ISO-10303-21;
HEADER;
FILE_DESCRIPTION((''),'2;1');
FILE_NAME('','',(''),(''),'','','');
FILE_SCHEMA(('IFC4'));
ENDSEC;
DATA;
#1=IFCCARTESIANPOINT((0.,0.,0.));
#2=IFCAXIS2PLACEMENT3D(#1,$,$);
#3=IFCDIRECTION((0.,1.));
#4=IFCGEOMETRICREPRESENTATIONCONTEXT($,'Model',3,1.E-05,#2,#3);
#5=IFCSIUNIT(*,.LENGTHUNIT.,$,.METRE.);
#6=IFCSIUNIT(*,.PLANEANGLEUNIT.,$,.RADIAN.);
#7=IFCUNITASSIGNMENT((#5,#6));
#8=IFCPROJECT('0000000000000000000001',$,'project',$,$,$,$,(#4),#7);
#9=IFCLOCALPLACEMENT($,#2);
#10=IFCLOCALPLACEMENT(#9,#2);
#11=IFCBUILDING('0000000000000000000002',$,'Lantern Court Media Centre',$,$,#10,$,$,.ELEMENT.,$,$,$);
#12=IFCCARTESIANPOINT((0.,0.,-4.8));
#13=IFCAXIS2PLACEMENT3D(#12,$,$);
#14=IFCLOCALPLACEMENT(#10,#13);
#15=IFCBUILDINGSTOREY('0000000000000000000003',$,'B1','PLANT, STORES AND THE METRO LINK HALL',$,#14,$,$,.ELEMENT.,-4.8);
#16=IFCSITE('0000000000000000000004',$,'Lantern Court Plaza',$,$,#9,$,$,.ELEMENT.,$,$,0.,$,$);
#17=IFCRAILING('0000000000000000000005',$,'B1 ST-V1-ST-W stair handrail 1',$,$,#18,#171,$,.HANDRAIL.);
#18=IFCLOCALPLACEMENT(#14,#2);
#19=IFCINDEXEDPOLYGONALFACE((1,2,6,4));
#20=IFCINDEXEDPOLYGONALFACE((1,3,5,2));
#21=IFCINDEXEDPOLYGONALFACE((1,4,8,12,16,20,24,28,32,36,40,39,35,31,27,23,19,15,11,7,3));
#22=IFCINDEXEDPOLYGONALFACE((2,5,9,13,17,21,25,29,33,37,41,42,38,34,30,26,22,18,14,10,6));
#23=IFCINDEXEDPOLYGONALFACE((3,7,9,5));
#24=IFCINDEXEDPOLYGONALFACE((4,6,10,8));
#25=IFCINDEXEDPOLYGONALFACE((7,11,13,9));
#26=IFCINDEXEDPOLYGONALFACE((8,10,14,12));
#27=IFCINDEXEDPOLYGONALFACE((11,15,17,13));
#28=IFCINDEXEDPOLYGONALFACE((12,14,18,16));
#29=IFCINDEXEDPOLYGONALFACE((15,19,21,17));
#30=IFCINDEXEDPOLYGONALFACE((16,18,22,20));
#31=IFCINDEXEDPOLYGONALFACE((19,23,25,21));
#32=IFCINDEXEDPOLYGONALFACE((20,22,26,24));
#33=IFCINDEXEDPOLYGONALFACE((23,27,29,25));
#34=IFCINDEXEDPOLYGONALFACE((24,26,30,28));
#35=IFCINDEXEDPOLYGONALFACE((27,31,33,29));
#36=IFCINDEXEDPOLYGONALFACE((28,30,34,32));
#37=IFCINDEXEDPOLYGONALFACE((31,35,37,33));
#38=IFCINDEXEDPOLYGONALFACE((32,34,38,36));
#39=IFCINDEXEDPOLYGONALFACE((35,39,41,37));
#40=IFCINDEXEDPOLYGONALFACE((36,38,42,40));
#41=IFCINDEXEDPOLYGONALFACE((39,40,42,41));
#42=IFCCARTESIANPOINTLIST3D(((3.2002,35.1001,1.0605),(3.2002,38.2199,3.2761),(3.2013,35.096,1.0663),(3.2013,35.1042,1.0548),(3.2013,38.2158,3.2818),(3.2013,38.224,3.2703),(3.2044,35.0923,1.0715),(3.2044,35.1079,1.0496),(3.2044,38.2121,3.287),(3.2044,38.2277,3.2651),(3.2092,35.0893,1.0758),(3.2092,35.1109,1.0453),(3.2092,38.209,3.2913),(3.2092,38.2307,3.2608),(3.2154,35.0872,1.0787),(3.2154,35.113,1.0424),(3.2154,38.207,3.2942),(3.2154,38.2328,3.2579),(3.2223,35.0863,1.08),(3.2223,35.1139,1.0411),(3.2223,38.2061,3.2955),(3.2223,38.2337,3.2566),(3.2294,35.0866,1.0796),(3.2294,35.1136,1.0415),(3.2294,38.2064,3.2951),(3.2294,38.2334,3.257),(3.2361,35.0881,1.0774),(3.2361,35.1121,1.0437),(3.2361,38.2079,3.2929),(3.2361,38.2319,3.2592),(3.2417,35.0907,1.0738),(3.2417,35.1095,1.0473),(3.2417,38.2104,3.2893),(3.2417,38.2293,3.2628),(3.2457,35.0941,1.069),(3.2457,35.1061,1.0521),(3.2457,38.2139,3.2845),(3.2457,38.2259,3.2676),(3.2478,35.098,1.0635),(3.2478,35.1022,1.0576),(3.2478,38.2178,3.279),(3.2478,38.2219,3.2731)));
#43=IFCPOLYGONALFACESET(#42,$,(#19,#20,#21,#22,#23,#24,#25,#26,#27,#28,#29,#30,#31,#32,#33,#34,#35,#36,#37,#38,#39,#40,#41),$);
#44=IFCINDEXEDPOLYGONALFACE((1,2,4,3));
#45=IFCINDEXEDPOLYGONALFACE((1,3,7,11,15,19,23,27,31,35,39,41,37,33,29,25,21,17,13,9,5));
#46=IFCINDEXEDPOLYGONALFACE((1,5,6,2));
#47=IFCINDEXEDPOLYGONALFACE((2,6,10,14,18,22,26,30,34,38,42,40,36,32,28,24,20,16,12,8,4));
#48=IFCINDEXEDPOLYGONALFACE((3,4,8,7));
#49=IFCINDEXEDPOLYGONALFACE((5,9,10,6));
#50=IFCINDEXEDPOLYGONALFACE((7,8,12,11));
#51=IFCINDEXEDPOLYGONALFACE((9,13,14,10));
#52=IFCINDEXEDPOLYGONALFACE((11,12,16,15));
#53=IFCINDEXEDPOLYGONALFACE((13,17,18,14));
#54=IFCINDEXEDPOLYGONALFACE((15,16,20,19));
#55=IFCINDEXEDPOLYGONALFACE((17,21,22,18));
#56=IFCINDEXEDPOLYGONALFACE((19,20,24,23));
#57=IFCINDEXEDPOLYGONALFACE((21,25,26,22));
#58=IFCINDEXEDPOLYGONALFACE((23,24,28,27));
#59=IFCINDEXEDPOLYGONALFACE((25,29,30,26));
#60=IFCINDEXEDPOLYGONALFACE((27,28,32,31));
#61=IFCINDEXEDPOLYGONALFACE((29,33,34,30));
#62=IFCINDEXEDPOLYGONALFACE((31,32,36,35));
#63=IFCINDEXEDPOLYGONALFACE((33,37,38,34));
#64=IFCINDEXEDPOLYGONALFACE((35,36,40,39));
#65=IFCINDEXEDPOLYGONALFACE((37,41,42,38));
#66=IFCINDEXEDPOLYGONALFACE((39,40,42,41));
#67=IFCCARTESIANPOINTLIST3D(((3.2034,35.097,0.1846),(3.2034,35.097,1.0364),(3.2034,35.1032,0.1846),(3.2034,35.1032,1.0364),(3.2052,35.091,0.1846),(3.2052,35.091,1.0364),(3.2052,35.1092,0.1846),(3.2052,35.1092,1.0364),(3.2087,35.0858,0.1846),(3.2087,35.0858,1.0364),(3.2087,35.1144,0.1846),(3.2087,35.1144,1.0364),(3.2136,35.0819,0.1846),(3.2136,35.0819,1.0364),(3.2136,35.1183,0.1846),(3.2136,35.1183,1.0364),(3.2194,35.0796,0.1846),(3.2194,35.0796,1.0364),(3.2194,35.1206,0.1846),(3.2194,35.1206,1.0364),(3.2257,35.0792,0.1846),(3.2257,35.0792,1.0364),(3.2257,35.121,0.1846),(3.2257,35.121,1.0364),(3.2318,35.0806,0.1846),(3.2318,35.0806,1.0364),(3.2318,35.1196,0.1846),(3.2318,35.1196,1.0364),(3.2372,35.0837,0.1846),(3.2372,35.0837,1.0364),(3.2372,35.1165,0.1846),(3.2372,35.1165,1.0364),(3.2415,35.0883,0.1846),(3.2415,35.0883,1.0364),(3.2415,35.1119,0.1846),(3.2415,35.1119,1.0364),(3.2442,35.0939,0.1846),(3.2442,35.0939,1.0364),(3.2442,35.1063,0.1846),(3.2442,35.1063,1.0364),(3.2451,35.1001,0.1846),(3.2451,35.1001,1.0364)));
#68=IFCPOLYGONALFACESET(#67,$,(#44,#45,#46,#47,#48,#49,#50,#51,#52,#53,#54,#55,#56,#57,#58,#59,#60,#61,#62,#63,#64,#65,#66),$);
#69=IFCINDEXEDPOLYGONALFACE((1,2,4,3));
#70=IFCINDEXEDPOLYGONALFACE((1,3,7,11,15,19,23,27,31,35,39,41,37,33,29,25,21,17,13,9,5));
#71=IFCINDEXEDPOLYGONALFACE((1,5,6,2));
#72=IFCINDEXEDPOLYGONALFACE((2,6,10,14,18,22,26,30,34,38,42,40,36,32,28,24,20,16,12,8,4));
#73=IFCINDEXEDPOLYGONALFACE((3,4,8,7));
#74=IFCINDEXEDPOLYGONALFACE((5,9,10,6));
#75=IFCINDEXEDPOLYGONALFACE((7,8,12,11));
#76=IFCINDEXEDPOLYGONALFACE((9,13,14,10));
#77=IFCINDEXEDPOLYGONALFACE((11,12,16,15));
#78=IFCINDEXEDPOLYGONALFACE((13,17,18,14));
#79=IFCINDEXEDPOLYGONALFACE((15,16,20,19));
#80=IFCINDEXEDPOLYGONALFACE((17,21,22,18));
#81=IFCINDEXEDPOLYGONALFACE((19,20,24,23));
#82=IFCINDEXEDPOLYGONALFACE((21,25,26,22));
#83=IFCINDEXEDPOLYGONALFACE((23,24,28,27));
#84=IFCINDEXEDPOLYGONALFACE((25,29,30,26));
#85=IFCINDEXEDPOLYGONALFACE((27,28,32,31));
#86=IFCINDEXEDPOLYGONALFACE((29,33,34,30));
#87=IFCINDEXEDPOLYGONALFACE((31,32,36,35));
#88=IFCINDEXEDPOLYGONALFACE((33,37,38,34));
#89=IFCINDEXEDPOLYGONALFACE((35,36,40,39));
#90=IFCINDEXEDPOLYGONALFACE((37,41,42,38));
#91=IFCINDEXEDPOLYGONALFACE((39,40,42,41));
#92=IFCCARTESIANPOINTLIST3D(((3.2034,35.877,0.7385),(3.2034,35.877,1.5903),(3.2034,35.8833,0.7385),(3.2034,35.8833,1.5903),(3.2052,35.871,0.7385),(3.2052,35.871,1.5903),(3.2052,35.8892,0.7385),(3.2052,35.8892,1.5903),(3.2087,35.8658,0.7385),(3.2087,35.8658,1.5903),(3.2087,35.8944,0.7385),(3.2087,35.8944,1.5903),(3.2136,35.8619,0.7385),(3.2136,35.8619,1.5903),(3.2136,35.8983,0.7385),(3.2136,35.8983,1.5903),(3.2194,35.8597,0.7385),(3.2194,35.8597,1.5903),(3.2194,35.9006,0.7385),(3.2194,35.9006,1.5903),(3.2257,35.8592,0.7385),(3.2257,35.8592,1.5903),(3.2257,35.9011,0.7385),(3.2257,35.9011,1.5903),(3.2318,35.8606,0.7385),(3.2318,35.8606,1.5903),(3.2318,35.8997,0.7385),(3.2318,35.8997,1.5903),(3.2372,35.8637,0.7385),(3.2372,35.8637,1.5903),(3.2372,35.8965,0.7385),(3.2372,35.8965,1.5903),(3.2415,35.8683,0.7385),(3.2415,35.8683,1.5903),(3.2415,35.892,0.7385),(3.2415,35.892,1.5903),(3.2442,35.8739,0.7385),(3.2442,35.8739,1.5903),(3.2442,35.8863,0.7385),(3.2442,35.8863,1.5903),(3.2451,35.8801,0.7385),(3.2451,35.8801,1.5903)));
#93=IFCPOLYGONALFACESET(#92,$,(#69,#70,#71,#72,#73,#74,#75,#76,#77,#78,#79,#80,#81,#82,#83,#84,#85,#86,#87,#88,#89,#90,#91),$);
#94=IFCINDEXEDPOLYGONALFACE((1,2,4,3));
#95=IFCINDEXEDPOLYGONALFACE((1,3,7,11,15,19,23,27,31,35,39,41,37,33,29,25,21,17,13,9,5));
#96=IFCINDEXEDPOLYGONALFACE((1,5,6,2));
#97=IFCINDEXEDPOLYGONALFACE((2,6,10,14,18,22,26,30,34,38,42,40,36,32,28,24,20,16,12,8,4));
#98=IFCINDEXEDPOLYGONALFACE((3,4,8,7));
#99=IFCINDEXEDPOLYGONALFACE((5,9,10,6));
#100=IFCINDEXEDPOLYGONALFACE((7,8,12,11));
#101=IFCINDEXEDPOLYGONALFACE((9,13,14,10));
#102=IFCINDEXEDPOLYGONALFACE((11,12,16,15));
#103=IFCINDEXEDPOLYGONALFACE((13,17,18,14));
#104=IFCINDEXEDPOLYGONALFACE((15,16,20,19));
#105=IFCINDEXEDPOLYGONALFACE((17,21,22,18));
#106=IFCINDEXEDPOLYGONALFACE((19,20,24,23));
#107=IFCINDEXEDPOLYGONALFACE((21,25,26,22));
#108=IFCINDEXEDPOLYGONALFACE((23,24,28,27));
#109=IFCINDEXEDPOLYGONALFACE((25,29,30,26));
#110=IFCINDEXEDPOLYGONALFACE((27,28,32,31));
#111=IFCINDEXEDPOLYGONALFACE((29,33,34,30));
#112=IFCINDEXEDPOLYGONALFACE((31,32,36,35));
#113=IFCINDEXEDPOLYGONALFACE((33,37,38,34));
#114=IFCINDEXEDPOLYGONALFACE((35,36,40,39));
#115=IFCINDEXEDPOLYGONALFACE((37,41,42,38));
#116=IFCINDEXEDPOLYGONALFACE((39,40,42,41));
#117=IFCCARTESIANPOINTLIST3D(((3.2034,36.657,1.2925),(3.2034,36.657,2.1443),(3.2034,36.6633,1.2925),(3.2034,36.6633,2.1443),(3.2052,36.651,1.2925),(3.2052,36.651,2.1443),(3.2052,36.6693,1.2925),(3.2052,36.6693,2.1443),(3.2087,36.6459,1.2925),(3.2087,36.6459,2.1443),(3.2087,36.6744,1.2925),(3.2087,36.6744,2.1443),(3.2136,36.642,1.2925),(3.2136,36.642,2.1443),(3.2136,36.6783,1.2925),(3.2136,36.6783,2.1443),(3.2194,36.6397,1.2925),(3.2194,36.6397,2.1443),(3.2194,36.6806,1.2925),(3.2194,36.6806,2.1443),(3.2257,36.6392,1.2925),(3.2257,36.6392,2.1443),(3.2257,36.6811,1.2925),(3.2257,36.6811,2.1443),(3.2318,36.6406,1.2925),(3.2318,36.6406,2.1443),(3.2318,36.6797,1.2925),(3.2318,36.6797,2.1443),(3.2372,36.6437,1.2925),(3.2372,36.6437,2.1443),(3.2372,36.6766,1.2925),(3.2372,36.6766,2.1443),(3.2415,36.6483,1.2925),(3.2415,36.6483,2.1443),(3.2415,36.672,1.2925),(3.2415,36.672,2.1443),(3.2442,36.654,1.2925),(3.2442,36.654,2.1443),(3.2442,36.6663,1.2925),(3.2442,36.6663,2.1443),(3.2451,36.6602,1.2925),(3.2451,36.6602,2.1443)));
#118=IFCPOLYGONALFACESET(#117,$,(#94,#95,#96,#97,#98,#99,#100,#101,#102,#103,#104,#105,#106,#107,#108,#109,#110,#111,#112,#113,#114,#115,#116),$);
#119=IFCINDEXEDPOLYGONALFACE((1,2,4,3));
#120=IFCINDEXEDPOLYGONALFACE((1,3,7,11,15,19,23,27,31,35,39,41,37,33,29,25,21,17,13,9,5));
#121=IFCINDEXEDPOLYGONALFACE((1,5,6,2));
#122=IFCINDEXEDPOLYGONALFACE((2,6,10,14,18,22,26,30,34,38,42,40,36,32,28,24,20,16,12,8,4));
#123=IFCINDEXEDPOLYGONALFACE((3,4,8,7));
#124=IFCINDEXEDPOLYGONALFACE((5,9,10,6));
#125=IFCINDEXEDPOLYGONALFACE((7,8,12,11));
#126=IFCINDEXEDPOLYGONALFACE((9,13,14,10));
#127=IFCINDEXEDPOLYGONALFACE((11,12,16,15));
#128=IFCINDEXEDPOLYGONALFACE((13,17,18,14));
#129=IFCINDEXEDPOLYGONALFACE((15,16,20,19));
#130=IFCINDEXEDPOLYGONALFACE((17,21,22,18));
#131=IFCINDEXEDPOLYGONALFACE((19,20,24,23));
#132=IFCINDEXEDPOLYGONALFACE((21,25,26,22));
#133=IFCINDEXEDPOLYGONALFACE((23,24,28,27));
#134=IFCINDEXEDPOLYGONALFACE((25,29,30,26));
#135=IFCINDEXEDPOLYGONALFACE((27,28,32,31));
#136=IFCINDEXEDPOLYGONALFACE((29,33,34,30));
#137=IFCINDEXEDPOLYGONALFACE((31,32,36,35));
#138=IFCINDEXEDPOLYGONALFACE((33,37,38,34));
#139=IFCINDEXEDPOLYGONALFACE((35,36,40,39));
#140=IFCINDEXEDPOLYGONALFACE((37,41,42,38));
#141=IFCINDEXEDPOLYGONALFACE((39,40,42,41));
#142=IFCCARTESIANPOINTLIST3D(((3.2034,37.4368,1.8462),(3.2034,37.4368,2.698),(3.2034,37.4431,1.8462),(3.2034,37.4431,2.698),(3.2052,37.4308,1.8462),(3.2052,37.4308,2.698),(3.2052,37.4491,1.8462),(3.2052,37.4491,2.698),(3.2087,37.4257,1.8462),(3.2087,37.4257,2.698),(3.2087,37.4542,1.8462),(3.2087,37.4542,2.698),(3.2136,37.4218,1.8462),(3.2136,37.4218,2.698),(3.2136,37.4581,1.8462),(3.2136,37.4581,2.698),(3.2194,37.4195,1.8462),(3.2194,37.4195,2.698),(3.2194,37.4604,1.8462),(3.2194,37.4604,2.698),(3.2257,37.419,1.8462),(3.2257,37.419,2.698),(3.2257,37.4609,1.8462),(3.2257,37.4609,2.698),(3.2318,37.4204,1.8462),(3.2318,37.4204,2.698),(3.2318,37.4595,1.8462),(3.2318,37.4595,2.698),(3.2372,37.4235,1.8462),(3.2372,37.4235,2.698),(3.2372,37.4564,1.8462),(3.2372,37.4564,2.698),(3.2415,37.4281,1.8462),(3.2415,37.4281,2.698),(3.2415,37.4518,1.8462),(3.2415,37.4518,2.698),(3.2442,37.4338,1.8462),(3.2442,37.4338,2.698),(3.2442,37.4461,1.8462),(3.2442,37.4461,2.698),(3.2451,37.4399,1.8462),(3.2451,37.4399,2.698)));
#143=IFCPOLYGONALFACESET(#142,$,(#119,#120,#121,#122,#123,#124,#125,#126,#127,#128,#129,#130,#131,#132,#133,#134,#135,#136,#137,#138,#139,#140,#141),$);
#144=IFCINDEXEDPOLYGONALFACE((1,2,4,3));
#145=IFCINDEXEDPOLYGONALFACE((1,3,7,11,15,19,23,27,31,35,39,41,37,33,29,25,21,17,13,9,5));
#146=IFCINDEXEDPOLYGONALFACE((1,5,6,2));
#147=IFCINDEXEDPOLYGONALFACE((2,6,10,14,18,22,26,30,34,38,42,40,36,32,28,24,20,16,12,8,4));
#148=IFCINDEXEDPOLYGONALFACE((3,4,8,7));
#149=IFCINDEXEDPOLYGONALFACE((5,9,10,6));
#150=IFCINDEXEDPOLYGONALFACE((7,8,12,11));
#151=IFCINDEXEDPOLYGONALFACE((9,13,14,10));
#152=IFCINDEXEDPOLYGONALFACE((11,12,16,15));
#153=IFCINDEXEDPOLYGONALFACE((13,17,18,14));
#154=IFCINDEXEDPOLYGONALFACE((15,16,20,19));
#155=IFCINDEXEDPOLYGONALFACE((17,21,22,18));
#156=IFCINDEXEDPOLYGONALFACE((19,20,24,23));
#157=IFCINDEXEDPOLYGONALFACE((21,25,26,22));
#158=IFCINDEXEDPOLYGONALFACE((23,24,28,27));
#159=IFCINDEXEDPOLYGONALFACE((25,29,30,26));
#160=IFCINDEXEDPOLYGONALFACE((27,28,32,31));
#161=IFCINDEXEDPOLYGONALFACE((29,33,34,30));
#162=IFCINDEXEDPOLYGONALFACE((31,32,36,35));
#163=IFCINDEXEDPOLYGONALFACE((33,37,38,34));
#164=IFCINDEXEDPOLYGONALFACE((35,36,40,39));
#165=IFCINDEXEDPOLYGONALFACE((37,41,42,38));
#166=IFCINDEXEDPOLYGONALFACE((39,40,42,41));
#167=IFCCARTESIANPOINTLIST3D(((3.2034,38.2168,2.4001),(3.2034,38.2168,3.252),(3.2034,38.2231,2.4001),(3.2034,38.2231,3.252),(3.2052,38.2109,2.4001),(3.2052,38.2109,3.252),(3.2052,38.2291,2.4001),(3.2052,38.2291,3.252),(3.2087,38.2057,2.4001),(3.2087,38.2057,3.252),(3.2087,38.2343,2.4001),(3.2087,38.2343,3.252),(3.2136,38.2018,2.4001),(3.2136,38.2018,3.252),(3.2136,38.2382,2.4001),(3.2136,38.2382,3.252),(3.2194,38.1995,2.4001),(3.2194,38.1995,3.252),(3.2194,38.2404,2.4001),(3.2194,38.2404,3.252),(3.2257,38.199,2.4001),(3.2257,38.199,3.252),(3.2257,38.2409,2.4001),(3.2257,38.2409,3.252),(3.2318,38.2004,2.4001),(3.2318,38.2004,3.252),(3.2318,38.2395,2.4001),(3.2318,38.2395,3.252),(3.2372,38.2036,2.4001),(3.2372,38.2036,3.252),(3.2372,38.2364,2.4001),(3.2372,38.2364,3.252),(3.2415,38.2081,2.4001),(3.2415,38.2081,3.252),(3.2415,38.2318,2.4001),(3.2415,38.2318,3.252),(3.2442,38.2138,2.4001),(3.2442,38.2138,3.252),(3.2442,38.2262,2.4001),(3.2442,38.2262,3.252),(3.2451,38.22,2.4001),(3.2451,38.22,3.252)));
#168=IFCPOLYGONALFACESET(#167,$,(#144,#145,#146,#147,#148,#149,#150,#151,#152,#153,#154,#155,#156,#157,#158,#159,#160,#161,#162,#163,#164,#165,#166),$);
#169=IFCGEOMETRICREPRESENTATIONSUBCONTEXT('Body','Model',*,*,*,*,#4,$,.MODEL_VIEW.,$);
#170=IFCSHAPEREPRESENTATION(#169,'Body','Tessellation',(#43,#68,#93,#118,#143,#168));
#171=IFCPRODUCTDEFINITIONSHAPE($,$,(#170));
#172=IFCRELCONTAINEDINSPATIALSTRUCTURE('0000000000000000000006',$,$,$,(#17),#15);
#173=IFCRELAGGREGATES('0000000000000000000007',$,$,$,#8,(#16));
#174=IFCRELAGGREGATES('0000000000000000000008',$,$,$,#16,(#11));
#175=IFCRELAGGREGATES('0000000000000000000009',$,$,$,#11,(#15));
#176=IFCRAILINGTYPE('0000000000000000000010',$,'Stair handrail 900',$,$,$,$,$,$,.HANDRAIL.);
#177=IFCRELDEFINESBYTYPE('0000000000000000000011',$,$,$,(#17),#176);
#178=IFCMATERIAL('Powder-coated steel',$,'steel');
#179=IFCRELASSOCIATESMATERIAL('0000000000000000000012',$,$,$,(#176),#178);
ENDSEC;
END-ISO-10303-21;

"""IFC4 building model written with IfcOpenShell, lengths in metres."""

from ifc_helpers import new_model, si_unit, direction, frame, origin, origin_2d, place, context, subcontext, project, spatial, circle, extrude, material, type_object, element, save


model = new_model("IFC4")

# Units and contexts
model_context = context("Model", 3, precision=1e-05, world=origin(), true_north=direction((0.0, 1.0)))
body_context = subcontext(model_context, "Body", "Model", "MODEL_VIEW")
ifc_project = project(units=[si_unit("LENGTHUNIT", "METRE"), si_unit("PLANEANGLEUNIT", "RADIAN")], contexts=[model_context])

# Site, building, storey
site_placement = place(None, origin())
site = spatial("IfcSite", under=ifc_project, at=site_placement, Name="Lantern Court Plaza", CompositionType="ELEMENT", RefElevation=0.0)
building_placement = place(site_placement, origin())
building = spatial("IfcBuilding", under=site, at=building_placement, Name="Lantern Court Media Centre", CompositionType="ELEMENT")
storey_placement = place(building_placement, frame((0.0, 0.0, -4.8)))
storey = spatial("IfcBuildingStorey", under=building, at=storey_placement, Name="B1", Description="PLANT, STORES AND THE METRO LINK HALL", CompositionType="ELEMENT", Elevation=-4.8)

# Railing
ifc_material_1 = material(Name="Powder-coated steel", Category="steel")
railing_type_1 = type_object("IfcRailingType", Name="Stair handrail 900", PredefinedType="HANDRAIL", material=ifc_material_1)
railing_1_placement = place(storey_placement, frame((3.2241, 35.1001, 0.1846)))
element("IfcRailing", 1, at=railing_1_placement, inside=storey, type_object=railing_type_1, Name="B1 ST-V1-ST-W stair handrail 1", PredefinedType="HANDRAIL", context=body_context, shape_type="SweptSolid", body=[
    extrude(circle(Radius=0.0239, at=origin_2d()), frame((0.0, 0.0, 0.876), z_axis=(0.0, 0.815325, 0.579003), x_axis=(-1.0, 0.0, 0.0)), (0.0, 0.0, 1.0), 3.8264),
    extrude(circle(Radius=0.021, at=origin_2d()), origin(), (0.0, 0.0, 1.0), 0.8518),
    extrude(circle(Radius=0.021, at=origin_2d()), frame((0.0, 0.78, 0.554)), (0.0, 0.0, 1.0), 0.8518),
    extrude(circle(Radius=0.021, at=origin_2d()), frame((0.0, 1.5601, 1.1079)), (0.0, 0.0, 1.0), 0.8518),
    extrude(circle(Radius=0.021, at=origin_2d()), frame((0.0, 2.3398, 1.6616)), (0.0, 0.0, 1.0), 0.8518),
    extrude(circle(Radius=0.021, at=origin_2d()), frame((0.0, 3.1199, 2.2156)), (0.0, 0.0, 1.0), 0.8518),
])

save(model, "model.ifc")
